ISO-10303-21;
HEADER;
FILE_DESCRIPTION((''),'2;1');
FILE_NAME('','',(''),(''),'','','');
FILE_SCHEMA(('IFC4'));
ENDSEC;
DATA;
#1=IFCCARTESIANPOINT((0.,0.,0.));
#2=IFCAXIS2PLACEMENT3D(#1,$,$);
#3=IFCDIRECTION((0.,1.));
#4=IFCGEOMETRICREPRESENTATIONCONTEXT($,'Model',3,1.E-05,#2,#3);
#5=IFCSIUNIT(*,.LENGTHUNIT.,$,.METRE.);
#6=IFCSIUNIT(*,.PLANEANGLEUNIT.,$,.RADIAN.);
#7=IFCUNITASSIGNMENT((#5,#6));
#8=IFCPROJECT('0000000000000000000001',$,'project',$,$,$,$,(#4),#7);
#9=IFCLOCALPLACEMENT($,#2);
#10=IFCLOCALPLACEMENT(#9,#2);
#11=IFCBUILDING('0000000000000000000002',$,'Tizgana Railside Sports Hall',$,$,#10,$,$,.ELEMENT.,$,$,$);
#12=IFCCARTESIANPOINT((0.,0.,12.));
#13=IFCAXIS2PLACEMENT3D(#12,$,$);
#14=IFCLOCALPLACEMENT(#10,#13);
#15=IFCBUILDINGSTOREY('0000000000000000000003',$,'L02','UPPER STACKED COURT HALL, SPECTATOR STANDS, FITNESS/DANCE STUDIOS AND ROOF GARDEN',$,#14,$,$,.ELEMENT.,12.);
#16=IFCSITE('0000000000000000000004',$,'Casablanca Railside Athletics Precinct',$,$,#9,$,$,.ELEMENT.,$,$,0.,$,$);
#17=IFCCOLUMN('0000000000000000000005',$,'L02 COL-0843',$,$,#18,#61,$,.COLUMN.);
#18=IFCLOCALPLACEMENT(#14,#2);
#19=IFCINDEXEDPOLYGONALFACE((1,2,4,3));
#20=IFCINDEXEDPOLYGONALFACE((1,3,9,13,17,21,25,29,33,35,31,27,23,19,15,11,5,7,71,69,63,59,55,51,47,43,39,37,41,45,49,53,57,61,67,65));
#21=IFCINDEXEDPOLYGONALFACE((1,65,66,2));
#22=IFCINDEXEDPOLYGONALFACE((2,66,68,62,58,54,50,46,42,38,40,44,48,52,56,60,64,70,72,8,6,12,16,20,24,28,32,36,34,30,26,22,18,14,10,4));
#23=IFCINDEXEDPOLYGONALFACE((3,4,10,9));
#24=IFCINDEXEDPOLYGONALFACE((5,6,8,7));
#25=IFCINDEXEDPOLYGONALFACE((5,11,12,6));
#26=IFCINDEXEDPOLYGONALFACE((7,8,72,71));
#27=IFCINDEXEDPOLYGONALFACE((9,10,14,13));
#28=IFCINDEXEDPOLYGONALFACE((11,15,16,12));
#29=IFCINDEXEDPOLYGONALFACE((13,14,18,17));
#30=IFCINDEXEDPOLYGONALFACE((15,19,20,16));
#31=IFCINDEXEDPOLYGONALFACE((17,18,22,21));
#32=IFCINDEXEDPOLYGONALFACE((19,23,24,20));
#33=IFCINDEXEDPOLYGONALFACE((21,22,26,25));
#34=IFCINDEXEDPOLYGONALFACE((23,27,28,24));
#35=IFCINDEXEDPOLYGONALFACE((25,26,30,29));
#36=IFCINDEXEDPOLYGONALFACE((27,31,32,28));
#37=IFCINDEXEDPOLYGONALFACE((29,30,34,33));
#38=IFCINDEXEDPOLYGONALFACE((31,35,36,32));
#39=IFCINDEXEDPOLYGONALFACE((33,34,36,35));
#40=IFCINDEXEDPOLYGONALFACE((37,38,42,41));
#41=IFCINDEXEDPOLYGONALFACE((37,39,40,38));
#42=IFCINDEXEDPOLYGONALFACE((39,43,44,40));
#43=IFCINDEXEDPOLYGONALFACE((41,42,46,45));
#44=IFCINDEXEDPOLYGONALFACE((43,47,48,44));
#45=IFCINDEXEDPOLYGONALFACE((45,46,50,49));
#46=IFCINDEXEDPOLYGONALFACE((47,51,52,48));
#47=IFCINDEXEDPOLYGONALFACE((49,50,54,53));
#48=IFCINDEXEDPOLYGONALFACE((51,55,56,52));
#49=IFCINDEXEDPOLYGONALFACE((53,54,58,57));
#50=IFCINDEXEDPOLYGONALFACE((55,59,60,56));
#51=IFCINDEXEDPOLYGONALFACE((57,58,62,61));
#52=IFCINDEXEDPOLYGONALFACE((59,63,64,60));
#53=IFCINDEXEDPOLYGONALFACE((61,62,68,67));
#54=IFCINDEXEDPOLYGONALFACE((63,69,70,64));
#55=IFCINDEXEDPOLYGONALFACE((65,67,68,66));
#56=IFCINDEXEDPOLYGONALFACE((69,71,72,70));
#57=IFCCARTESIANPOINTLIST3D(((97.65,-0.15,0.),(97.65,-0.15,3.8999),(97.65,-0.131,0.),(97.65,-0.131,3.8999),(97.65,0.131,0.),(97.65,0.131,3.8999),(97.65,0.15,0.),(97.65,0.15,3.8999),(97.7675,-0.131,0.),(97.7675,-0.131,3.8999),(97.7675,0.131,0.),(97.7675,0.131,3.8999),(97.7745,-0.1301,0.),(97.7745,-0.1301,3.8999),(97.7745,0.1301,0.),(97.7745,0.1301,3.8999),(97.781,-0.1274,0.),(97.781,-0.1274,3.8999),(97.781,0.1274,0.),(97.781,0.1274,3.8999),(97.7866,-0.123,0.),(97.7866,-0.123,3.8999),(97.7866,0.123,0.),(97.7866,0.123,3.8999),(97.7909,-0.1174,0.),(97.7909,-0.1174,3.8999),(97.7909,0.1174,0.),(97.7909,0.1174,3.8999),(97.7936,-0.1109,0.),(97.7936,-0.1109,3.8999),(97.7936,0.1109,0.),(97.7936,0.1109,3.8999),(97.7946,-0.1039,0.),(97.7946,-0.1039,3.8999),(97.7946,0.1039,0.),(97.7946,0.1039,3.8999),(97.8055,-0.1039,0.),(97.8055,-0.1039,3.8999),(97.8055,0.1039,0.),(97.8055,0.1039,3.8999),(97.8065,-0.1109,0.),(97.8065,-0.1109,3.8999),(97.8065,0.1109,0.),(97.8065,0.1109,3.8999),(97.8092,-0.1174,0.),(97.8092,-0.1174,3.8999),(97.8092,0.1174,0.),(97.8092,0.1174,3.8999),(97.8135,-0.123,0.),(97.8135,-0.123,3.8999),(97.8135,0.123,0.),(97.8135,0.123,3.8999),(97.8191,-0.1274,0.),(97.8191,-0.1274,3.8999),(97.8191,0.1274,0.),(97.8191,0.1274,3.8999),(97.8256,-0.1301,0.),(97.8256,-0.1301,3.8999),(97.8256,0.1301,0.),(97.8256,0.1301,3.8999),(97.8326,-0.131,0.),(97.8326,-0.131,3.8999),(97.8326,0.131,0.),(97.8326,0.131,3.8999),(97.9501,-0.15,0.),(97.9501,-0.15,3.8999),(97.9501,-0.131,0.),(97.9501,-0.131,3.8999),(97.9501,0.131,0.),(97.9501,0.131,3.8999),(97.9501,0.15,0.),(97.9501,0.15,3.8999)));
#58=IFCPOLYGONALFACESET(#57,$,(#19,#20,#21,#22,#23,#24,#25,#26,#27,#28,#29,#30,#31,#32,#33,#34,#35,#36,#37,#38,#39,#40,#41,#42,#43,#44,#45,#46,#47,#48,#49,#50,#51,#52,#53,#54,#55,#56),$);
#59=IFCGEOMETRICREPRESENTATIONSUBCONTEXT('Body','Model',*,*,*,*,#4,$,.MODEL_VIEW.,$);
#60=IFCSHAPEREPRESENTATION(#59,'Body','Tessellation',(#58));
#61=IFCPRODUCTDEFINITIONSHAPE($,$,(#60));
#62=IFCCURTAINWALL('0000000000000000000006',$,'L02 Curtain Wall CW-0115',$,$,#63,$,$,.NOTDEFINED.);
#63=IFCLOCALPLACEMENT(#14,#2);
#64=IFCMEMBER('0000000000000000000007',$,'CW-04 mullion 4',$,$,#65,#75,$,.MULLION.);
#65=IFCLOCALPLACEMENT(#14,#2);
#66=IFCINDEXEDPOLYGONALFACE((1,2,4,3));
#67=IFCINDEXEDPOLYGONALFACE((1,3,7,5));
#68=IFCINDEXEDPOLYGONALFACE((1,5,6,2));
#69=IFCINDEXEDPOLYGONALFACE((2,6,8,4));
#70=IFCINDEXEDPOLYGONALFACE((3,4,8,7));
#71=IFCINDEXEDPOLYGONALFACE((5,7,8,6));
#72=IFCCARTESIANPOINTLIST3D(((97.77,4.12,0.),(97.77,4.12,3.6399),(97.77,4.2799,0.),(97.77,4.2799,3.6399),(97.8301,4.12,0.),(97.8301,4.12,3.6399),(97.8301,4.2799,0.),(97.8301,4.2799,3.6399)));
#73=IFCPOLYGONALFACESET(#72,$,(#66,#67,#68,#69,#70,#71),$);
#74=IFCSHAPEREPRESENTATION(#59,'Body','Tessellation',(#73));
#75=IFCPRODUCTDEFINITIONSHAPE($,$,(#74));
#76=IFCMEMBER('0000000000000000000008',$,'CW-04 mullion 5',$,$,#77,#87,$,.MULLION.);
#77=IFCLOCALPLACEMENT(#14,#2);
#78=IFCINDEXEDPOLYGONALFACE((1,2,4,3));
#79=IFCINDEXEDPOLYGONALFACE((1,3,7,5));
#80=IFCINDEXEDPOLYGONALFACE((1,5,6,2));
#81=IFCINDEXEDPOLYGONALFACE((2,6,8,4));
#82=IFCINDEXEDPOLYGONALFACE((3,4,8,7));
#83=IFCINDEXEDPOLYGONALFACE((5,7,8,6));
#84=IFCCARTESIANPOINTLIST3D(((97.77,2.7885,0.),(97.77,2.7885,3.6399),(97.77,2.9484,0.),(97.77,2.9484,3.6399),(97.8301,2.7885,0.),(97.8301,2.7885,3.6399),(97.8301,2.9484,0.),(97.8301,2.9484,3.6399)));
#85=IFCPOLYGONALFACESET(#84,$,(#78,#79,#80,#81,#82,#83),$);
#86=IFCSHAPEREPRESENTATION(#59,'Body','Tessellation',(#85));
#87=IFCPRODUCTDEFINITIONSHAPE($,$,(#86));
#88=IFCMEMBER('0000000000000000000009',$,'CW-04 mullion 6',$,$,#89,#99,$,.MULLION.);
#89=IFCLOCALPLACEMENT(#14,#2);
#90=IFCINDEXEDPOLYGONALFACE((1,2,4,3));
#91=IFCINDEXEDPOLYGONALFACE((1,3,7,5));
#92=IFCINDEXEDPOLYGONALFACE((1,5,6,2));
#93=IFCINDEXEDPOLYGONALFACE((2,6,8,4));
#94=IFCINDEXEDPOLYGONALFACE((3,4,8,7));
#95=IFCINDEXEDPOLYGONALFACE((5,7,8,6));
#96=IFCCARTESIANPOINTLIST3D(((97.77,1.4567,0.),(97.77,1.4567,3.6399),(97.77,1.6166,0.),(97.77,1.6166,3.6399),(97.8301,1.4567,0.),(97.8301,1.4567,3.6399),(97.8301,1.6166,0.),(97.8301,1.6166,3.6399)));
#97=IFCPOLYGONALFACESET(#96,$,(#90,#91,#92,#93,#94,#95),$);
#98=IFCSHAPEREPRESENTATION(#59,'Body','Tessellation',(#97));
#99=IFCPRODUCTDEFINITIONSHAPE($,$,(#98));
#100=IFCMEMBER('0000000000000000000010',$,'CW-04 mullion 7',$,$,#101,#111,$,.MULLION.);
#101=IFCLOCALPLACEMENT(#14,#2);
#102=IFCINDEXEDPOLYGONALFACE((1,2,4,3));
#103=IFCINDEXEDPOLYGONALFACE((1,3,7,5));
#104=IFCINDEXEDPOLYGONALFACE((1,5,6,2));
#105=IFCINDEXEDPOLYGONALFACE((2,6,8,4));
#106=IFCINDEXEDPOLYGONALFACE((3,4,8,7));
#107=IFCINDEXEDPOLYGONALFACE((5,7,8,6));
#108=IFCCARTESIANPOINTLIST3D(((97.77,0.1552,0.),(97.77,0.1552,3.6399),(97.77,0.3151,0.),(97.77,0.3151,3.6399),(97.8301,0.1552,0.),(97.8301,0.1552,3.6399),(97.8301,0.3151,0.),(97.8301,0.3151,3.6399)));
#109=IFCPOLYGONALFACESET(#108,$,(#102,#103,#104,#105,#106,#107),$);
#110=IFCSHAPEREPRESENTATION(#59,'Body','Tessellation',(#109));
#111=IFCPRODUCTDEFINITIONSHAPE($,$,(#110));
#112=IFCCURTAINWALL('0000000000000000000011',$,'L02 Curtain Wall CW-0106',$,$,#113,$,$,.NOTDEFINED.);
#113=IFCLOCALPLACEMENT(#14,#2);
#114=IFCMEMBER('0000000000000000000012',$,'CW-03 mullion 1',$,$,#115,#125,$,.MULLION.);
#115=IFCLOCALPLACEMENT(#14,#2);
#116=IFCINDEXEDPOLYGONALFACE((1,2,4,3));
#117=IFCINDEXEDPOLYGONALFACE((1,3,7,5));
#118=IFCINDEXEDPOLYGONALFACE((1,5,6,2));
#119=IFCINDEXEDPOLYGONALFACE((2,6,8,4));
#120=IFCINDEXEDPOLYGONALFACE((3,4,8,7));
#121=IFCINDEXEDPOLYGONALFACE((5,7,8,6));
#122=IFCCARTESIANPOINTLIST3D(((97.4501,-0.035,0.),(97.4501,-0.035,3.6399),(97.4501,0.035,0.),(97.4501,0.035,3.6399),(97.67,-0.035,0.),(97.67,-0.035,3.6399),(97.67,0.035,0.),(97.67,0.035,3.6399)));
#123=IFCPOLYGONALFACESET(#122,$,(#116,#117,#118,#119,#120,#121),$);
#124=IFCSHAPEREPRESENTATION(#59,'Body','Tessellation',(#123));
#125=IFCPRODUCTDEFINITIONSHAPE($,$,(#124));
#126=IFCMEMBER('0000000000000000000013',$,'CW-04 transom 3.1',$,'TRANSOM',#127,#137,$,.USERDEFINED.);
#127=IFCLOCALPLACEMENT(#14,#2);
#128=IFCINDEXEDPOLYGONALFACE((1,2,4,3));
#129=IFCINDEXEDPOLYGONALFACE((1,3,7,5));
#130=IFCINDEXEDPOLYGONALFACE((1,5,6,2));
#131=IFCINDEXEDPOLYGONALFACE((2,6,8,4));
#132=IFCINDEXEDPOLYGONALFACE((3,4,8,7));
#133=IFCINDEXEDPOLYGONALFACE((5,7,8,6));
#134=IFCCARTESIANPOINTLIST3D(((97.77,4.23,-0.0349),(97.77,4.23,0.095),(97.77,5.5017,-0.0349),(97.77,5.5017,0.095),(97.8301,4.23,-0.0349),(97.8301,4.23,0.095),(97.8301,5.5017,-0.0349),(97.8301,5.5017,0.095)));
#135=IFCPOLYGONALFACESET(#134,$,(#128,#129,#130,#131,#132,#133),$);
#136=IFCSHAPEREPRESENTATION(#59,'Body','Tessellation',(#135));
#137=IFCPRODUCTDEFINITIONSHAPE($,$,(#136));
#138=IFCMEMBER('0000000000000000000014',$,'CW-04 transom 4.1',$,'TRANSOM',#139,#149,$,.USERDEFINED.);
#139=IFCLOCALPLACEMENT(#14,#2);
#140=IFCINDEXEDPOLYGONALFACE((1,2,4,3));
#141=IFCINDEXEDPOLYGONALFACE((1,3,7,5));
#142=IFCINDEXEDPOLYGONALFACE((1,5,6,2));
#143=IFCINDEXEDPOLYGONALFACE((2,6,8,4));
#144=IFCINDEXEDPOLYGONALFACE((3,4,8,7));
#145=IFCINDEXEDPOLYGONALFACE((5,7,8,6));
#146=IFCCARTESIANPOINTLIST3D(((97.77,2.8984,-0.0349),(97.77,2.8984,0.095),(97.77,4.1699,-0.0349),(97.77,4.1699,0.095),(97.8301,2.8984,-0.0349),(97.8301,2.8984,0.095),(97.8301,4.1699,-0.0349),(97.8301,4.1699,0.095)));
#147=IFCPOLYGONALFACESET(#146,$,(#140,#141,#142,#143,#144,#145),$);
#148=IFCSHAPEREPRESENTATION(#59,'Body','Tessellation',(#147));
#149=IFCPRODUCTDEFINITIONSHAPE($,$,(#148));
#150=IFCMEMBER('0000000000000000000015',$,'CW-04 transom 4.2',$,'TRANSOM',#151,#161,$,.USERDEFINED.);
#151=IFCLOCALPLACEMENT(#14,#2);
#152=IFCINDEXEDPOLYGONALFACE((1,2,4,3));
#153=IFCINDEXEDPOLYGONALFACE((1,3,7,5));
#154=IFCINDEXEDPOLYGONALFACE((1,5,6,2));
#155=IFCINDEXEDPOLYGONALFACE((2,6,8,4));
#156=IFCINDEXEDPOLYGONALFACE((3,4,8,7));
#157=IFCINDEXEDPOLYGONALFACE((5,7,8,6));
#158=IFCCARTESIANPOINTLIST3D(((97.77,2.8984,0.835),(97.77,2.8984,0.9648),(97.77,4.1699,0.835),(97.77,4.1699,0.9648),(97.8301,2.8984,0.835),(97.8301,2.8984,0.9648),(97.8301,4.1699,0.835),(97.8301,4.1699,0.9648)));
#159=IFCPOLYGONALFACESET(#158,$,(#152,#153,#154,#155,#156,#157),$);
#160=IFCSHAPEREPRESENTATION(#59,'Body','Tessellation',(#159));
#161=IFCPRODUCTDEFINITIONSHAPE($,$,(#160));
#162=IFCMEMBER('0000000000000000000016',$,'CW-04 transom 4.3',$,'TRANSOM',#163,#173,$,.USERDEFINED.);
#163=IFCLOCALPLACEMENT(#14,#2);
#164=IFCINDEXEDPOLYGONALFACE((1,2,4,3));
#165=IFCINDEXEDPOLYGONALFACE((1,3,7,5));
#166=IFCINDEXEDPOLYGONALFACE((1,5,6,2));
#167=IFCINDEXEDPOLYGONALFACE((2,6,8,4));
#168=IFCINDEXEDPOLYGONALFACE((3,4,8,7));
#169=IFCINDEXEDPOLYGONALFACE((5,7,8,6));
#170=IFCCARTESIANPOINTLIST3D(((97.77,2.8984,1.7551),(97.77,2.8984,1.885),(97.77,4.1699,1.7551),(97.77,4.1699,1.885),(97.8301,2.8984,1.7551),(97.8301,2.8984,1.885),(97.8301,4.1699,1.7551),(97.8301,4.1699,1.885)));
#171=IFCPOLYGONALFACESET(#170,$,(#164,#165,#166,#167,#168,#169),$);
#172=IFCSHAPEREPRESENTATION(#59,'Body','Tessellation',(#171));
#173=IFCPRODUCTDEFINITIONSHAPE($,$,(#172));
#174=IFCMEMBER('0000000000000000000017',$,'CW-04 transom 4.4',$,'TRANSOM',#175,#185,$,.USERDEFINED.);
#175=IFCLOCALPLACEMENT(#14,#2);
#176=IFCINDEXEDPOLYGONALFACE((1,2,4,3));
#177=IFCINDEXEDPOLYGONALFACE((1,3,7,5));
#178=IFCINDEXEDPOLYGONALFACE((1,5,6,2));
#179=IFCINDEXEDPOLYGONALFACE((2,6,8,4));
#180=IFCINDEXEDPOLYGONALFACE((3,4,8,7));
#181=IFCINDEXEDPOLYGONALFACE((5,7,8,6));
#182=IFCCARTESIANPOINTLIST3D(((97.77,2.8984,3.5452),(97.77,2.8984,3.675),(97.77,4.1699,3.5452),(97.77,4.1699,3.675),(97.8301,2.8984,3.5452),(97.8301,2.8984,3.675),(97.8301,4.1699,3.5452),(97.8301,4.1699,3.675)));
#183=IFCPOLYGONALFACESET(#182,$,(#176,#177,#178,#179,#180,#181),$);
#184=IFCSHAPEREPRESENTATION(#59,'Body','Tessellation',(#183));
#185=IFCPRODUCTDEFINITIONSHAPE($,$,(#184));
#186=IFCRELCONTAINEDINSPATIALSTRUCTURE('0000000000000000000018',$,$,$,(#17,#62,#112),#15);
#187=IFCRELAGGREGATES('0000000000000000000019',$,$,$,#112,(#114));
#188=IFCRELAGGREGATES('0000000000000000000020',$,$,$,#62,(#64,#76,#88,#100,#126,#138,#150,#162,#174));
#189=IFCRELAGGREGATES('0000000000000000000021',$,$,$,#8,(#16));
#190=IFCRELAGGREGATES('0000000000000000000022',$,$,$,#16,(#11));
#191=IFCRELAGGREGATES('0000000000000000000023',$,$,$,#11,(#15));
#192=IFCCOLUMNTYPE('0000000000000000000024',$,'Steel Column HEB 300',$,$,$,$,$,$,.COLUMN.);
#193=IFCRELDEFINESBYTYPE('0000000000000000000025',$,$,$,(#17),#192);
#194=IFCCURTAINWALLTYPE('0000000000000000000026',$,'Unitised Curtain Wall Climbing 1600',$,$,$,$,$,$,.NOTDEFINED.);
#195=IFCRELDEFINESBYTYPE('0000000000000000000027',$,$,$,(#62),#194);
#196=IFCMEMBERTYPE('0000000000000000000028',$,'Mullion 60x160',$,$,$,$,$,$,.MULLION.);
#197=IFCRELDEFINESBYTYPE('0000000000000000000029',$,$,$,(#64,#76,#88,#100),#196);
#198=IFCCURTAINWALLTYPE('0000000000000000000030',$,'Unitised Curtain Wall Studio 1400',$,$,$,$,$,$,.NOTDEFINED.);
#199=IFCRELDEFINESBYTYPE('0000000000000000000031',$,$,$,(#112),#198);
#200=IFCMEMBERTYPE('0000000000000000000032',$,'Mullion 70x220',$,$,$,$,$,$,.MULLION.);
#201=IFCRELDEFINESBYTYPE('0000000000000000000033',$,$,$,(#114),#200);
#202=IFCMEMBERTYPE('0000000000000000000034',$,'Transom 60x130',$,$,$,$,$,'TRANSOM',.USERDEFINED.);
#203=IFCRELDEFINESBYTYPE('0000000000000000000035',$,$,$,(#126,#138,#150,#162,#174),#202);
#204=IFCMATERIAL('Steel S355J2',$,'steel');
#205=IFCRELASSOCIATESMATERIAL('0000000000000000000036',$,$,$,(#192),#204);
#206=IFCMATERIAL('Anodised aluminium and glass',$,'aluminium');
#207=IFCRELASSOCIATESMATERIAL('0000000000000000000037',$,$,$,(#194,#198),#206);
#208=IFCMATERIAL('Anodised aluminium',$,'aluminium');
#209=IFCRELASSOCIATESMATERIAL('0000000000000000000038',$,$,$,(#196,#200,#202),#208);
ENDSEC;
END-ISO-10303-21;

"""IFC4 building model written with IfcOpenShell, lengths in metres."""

from ifc_helpers import new_model, si_unit, direction, frame, origin, origin_2d, place, context, subcontext, project, spatial, rectangle, i_section, extrude, material, material_profile, profile_set, type_object, element, aggregate, save


model = new_model("IFC4")

# Units and contexts
model_context = context("Model", 3, precision=1e-05, world=origin(), true_north=direction((0.0, 1.0)))
body_context = subcontext(model_context, "Body", "Model", "MODEL_VIEW")
ifc_project = project(units=[si_unit("LENGTHUNIT", "METRE"), si_unit("PLANEANGLEUNIT", "RADIAN")], contexts=[model_context])

# Site, building, storey
site_placement = place(None, origin())
site = spatial("IfcSite", under=ifc_project, at=site_placement, Name="Casablanca Railside Athletics Precinct", CompositionType="ELEMENT", RefElevation=0.0)
building_placement = place(site_placement, origin())
building = spatial("IfcBuilding", under=site, at=building_placement, Name="Tizgana Railside Sports Hall", CompositionType="ELEMENT")
storey_placement = place(building_placement, frame((0.0, 0.0, 12.0)))
storey = spatial("IfcBuildingStorey", under=building, at=storey_placement, Name="L02", Description="UPPER STACKED COURT HALL, SPECTATOR STANDS, FITNESS/DANCE STUDIOS AND ROOF GARDEN", CompositionType="ELEMENT", Elevation=12.0)

# Column
ifc_material_1 = material(Name="Steel S355J2", Category="steel")
ifc_material_profile_1 = material_profile(ifc_material_1, i_section(OverallWidth=0.3, OverallDepth=0.3, WebThickness=0.011, FlangeThickness=0.019, FilletRadius=0.0271, at=origin_2d()), Name="HEB 300")
ifc_profile_set_1 = profile_set([ifc_material_profile_1], Name="Steel S355J2")
column_type = type_object("IfcColumnType", Name="Steel Column HEB 300", PredefinedType="COLUMN", material=ifc_profile_set_1)
column_placement = place(storey_placement, frame((97.8, 0.0, 0.0), z_axis=(0.0, 0.0, 1.0), x_axis=(1.0, 0.0, 0.0)))
element("IfcColumn", 1, at=column_placement, inside=storey, type_object=column_type, Name="L02 COL-0843", PredefinedType="COLUMN", context=body_context, shape_type="SweptSolid", body=[
    extrude(i_section(OverallWidth=0.3, OverallDepth=0.3, WebThickness=0.011, FlangeThickness=0.019, FilletRadius=0.0271, at=origin_2d()), origin(), (0.0, 0.0, 1.0), 3.8999),
])

# Curtain wall, members
ifc_material_2 = material(Name="Anodised aluminium and glass", Category="aluminium")
curtain_wall_type_1 = type_object("IfcCurtainWallType", Name="Unitised Curtain Wall Climbing 1600", PredefinedType="NOTDEFINED", material=ifc_material_2)
curtain_wall_1_placement = place(storey_placement, origin())
curtain_wall_1 = element("IfcCurtainWall", 2, at=curtain_wall_1_placement, inside=storey, type_object=curtain_wall_type_1, Name="L02 Curtain Wall CW-0115", PredefinedType="NOTDEFINED")
ifc_material_3 = material(Name="Anodised aluminium", Category="aluminium")
ifc_material_profile_2 = material_profile(ifc_material_3, rectangle(XDim=0.0601, YDim=0.1599, at=origin_2d()), Name="Mullion 60x160")
ifc_profile_set_2 = profile_set([ifc_material_profile_2], Name="Anodised aluminium")
member_type_1 = type_object("IfcMemberType", Name="Mullion 60x160", PredefinedType="MULLION", material=ifc_profile_set_2)
member_1_placement = place(storey_placement, frame((97.8, 4.2, 0.0), z_axis=(0.0, 0.0, 1.0), x_axis=(1.0, 0.0, 0.0)))
member_1 = element("IfcMember", 3, at=member_1_placement, type_object=member_type_1, Name="CW-04 mullion 4", PredefinedType="MULLION", context=body_context, shape_type="SweptSolid", body=[
    extrude(rectangle(XDim=0.0601, YDim=0.1599, at=origin_2d()), origin(), (0.0, 0.0, 1.0), 3.6399),
])
member_2_placement = place(storey_placement, frame((97.8, 2.8684, 0.0), z_axis=(0.0, 0.0, 1.0), x_axis=(1.0, 0.0, 0.0)))
member_2 = element("IfcMember", 4, at=member_2_placement, type_object=member_type_1, Name="CW-04 mullion 5", PredefinedType="MULLION", context=body_context, shape_type="SweptSolid", body=[
    extrude(rectangle(XDim=0.0601, YDim=0.1599, at=origin_2d()), origin(), (0.0, 0.0, 1.0), 3.6399),
])
member_3_placement = place(storey_placement, frame((97.8, 1.5366, 0.0), z_axis=(0.0, 0.0, 1.0), x_axis=(1.0, 0.0, 0.0)))
member_3 = element("IfcMember", 5, at=member_3_placement, type_object=member_type_1, Name="CW-04 mullion 6", PredefinedType="MULLION", context=body_context, shape_type="SweptSolid", body=[
    extrude(rectangle(XDim=0.0601, YDim=0.1599, at=origin_2d()), origin(), (0.0, 0.0, 1.0), 3.6399),
])
member_4_placement = place(storey_placement, frame((97.8, 0.2351, 0.0), z_axis=(0.0, 0.0, 1.0), x_axis=(1.0, 0.0, 0.0)))
member_4 = element("IfcMember", 6, at=member_4_placement, type_object=member_type_1, Name="CW-04 mullion 7", PredefinedType="MULLION", context=body_context, shape_type="SweptSolid", body=[
    extrude(rectangle(XDim=0.0601, YDim=0.1599, at=origin_2d()), origin(), (0.0, 0.0, 1.0), 3.6399),
])

# Curtain wall, member
curtain_wall_type_2 = type_object("IfcCurtainWallType", Name="Unitised Curtain Wall Studio 1400", PredefinedType="NOTDEFINED", material=ifc_material_2)
curtain_wall_2_placement = place(storey_placement, origin())
curtain_wall_2 = element("IfcCurtainWall", 7, at=curtain_wall_2_placement, inside=storey, type_object=curtain_wall_type_2, Name="L02 Curtain Wall CW-0106", PredefinedType="NOTDEFINED")
ifc_material_profile_3 = material_profile(ifc_material_3, rectangle(XDim=0.0701, YDim=0.22, at=origin_2d()), Name="Mullion 70x220")
ifc_profile_set_3 = profile_set([ifc_material_profile_3], Name="Anodised aluminium")
member_type_2 = type_object("IfcMemberType", Name="Mullion 70x220", PredefinedType="MULLION", material=ifc_profile_set_3)
member_5_placement = place(storey_placement, frame((97.5601, 0.0, 0.0), z_axis=(0.0, 0.0, 1.0), x_axis=(0.0, -1.0, 0.0)))
member_5 = element("IfcMember", 8, at=member_5_placement, type_object=member_type_2, Name="CW-03 mullion 1", PredefinedType="MULLION", context=body_context, shape_type="SweptSolid", body=[
    extrude(rectangle(XDim=0.0701, YDim=0.22, at=origin_2d()), origin(), (0.0, 0.0, 1.0), 3.6399),
])

# Members
ifc_material_profile_4 = material_profile(ifc_material_3, rectangle(XDim=0.0601, YDim=0.1299, at=origin_2d()), Name="Transom 60x130")
ifc_profile_set_4 = profile_set([ifc_material_profile_4], Name="Anodised aluminium")
member_type_3 = type_object("IfcMemberType", Name="Transom 60x130", ElementType="TRANSOM", PredefinedType="USERDEFINED", material=ifc_profile_set_4)
member_6_placement = place(storey_placement, frame((97.8, 5.5017, 0.03), z_axis=(0.0, -1.0, 0.0), x_axis=(1.0, 0.0, 0.0)))
member_6 = element("IfcMember", 9, at=member_6_placement, type_object=member_type_3, Name="CW-04 transom 3.1", ObjectType="TRANSOM", PredefinedType="USERDEFINED", context=body_context, shape_type="SweptSolid", body=[
    extrude(rectangle(XDim=0.0601, YDim=0.1299, at=origin_2d()), origin(), (0.0, 0.0, 1.0), 1.2717),
])
member_7_placement = place(storey_placement, frame((97.8, 4.1699, 0.03), z_axis=(0.0, -1.0, 0.0), x_axis=(1.0, 0.0, 0.0)))
member_7 = element("IfcMember", 10, at=member_7_placement, type_object=member_type_3, Name="CW-04 transom 4.1", ObjectType="TRANSOM", PredefinedType="USERDEFINED", context=body_context, shape_type="SweptSolid", body=[
    extrude(rectangle(XDim=0.0601, YDim=0.1299, at=origin_2d()), origin(), (0.0, 0.0, 1.0), 1.2715),
])
member_8_placement = place(storey_placement, frame((97.8, 4.1699, 0.8999), z_axis=(0.0, -1.0, 0.0), x_axis=(1.0, 0.0, 0.0)))
member_8 = element("IfcMember", 11, at=member_8_placement, type_object=member_type_3, Name="CW-04 transom 4.2", ObjectType="TRANSOM", PredefinedType="USERDEFINED", context=body_context, shape_type="SweptSolid", body=[
    extrude(rectangle(XDim=0.0601, YDim=0.1299, at=origin_2d()), origin(), (0.0, 0.0, 1.0), 1.2715),
])
member_9_placement = place(storey_placement, frame((97.8, 4.1699, 1.8201), z_axis=(0.0, -1.0, 0.0), x_axis=(1.0, 0.0, 0.0)))
member_9 = element("IfcMember", 12, at=member_9_placement, type_object=member_type_3, Name="CW-04 transom 4.3", ObjectType="TRANSOM", PredefinedType="USERDEFINED", context=body_context, shape_type="SweptSolid", body=[
    extrude(rectangle(XDim=0.0601, YDim=0.1299, at=origin_2d()), origin(), (0.0, 0.0, 1.0), 1.2715),
])
member_10_placement = place(storey_placement, frame((97.8, 4.1699, 3.6101), z_axis=(0.0, -1.0, 0.0), x_axis=(1.0, 0.0, 0.0)))
member_10 = element("IfcMember", 13, at=member_10_placement, type_object=member_type_3, Name="CW-04 transom 4.4", ObjectType="TRANSOM", PredefinedType="USERDEFINED", context=body_context, shape_type="SweptSolid", body=[
    extrude(rectangle(XDim=0.0601, YDim=0.1299, at=origin_2d()), origin(), (0.0, 0.0, 1.0), 1.2715),
])
aggregate(curtain_wall_2, [member_5])

aggregate(curtain_wall_1, [member_1, member_2, member_3, member_4, member_6, member_7, member_8, member_9, member_10])

save(model, "model.ifc")
